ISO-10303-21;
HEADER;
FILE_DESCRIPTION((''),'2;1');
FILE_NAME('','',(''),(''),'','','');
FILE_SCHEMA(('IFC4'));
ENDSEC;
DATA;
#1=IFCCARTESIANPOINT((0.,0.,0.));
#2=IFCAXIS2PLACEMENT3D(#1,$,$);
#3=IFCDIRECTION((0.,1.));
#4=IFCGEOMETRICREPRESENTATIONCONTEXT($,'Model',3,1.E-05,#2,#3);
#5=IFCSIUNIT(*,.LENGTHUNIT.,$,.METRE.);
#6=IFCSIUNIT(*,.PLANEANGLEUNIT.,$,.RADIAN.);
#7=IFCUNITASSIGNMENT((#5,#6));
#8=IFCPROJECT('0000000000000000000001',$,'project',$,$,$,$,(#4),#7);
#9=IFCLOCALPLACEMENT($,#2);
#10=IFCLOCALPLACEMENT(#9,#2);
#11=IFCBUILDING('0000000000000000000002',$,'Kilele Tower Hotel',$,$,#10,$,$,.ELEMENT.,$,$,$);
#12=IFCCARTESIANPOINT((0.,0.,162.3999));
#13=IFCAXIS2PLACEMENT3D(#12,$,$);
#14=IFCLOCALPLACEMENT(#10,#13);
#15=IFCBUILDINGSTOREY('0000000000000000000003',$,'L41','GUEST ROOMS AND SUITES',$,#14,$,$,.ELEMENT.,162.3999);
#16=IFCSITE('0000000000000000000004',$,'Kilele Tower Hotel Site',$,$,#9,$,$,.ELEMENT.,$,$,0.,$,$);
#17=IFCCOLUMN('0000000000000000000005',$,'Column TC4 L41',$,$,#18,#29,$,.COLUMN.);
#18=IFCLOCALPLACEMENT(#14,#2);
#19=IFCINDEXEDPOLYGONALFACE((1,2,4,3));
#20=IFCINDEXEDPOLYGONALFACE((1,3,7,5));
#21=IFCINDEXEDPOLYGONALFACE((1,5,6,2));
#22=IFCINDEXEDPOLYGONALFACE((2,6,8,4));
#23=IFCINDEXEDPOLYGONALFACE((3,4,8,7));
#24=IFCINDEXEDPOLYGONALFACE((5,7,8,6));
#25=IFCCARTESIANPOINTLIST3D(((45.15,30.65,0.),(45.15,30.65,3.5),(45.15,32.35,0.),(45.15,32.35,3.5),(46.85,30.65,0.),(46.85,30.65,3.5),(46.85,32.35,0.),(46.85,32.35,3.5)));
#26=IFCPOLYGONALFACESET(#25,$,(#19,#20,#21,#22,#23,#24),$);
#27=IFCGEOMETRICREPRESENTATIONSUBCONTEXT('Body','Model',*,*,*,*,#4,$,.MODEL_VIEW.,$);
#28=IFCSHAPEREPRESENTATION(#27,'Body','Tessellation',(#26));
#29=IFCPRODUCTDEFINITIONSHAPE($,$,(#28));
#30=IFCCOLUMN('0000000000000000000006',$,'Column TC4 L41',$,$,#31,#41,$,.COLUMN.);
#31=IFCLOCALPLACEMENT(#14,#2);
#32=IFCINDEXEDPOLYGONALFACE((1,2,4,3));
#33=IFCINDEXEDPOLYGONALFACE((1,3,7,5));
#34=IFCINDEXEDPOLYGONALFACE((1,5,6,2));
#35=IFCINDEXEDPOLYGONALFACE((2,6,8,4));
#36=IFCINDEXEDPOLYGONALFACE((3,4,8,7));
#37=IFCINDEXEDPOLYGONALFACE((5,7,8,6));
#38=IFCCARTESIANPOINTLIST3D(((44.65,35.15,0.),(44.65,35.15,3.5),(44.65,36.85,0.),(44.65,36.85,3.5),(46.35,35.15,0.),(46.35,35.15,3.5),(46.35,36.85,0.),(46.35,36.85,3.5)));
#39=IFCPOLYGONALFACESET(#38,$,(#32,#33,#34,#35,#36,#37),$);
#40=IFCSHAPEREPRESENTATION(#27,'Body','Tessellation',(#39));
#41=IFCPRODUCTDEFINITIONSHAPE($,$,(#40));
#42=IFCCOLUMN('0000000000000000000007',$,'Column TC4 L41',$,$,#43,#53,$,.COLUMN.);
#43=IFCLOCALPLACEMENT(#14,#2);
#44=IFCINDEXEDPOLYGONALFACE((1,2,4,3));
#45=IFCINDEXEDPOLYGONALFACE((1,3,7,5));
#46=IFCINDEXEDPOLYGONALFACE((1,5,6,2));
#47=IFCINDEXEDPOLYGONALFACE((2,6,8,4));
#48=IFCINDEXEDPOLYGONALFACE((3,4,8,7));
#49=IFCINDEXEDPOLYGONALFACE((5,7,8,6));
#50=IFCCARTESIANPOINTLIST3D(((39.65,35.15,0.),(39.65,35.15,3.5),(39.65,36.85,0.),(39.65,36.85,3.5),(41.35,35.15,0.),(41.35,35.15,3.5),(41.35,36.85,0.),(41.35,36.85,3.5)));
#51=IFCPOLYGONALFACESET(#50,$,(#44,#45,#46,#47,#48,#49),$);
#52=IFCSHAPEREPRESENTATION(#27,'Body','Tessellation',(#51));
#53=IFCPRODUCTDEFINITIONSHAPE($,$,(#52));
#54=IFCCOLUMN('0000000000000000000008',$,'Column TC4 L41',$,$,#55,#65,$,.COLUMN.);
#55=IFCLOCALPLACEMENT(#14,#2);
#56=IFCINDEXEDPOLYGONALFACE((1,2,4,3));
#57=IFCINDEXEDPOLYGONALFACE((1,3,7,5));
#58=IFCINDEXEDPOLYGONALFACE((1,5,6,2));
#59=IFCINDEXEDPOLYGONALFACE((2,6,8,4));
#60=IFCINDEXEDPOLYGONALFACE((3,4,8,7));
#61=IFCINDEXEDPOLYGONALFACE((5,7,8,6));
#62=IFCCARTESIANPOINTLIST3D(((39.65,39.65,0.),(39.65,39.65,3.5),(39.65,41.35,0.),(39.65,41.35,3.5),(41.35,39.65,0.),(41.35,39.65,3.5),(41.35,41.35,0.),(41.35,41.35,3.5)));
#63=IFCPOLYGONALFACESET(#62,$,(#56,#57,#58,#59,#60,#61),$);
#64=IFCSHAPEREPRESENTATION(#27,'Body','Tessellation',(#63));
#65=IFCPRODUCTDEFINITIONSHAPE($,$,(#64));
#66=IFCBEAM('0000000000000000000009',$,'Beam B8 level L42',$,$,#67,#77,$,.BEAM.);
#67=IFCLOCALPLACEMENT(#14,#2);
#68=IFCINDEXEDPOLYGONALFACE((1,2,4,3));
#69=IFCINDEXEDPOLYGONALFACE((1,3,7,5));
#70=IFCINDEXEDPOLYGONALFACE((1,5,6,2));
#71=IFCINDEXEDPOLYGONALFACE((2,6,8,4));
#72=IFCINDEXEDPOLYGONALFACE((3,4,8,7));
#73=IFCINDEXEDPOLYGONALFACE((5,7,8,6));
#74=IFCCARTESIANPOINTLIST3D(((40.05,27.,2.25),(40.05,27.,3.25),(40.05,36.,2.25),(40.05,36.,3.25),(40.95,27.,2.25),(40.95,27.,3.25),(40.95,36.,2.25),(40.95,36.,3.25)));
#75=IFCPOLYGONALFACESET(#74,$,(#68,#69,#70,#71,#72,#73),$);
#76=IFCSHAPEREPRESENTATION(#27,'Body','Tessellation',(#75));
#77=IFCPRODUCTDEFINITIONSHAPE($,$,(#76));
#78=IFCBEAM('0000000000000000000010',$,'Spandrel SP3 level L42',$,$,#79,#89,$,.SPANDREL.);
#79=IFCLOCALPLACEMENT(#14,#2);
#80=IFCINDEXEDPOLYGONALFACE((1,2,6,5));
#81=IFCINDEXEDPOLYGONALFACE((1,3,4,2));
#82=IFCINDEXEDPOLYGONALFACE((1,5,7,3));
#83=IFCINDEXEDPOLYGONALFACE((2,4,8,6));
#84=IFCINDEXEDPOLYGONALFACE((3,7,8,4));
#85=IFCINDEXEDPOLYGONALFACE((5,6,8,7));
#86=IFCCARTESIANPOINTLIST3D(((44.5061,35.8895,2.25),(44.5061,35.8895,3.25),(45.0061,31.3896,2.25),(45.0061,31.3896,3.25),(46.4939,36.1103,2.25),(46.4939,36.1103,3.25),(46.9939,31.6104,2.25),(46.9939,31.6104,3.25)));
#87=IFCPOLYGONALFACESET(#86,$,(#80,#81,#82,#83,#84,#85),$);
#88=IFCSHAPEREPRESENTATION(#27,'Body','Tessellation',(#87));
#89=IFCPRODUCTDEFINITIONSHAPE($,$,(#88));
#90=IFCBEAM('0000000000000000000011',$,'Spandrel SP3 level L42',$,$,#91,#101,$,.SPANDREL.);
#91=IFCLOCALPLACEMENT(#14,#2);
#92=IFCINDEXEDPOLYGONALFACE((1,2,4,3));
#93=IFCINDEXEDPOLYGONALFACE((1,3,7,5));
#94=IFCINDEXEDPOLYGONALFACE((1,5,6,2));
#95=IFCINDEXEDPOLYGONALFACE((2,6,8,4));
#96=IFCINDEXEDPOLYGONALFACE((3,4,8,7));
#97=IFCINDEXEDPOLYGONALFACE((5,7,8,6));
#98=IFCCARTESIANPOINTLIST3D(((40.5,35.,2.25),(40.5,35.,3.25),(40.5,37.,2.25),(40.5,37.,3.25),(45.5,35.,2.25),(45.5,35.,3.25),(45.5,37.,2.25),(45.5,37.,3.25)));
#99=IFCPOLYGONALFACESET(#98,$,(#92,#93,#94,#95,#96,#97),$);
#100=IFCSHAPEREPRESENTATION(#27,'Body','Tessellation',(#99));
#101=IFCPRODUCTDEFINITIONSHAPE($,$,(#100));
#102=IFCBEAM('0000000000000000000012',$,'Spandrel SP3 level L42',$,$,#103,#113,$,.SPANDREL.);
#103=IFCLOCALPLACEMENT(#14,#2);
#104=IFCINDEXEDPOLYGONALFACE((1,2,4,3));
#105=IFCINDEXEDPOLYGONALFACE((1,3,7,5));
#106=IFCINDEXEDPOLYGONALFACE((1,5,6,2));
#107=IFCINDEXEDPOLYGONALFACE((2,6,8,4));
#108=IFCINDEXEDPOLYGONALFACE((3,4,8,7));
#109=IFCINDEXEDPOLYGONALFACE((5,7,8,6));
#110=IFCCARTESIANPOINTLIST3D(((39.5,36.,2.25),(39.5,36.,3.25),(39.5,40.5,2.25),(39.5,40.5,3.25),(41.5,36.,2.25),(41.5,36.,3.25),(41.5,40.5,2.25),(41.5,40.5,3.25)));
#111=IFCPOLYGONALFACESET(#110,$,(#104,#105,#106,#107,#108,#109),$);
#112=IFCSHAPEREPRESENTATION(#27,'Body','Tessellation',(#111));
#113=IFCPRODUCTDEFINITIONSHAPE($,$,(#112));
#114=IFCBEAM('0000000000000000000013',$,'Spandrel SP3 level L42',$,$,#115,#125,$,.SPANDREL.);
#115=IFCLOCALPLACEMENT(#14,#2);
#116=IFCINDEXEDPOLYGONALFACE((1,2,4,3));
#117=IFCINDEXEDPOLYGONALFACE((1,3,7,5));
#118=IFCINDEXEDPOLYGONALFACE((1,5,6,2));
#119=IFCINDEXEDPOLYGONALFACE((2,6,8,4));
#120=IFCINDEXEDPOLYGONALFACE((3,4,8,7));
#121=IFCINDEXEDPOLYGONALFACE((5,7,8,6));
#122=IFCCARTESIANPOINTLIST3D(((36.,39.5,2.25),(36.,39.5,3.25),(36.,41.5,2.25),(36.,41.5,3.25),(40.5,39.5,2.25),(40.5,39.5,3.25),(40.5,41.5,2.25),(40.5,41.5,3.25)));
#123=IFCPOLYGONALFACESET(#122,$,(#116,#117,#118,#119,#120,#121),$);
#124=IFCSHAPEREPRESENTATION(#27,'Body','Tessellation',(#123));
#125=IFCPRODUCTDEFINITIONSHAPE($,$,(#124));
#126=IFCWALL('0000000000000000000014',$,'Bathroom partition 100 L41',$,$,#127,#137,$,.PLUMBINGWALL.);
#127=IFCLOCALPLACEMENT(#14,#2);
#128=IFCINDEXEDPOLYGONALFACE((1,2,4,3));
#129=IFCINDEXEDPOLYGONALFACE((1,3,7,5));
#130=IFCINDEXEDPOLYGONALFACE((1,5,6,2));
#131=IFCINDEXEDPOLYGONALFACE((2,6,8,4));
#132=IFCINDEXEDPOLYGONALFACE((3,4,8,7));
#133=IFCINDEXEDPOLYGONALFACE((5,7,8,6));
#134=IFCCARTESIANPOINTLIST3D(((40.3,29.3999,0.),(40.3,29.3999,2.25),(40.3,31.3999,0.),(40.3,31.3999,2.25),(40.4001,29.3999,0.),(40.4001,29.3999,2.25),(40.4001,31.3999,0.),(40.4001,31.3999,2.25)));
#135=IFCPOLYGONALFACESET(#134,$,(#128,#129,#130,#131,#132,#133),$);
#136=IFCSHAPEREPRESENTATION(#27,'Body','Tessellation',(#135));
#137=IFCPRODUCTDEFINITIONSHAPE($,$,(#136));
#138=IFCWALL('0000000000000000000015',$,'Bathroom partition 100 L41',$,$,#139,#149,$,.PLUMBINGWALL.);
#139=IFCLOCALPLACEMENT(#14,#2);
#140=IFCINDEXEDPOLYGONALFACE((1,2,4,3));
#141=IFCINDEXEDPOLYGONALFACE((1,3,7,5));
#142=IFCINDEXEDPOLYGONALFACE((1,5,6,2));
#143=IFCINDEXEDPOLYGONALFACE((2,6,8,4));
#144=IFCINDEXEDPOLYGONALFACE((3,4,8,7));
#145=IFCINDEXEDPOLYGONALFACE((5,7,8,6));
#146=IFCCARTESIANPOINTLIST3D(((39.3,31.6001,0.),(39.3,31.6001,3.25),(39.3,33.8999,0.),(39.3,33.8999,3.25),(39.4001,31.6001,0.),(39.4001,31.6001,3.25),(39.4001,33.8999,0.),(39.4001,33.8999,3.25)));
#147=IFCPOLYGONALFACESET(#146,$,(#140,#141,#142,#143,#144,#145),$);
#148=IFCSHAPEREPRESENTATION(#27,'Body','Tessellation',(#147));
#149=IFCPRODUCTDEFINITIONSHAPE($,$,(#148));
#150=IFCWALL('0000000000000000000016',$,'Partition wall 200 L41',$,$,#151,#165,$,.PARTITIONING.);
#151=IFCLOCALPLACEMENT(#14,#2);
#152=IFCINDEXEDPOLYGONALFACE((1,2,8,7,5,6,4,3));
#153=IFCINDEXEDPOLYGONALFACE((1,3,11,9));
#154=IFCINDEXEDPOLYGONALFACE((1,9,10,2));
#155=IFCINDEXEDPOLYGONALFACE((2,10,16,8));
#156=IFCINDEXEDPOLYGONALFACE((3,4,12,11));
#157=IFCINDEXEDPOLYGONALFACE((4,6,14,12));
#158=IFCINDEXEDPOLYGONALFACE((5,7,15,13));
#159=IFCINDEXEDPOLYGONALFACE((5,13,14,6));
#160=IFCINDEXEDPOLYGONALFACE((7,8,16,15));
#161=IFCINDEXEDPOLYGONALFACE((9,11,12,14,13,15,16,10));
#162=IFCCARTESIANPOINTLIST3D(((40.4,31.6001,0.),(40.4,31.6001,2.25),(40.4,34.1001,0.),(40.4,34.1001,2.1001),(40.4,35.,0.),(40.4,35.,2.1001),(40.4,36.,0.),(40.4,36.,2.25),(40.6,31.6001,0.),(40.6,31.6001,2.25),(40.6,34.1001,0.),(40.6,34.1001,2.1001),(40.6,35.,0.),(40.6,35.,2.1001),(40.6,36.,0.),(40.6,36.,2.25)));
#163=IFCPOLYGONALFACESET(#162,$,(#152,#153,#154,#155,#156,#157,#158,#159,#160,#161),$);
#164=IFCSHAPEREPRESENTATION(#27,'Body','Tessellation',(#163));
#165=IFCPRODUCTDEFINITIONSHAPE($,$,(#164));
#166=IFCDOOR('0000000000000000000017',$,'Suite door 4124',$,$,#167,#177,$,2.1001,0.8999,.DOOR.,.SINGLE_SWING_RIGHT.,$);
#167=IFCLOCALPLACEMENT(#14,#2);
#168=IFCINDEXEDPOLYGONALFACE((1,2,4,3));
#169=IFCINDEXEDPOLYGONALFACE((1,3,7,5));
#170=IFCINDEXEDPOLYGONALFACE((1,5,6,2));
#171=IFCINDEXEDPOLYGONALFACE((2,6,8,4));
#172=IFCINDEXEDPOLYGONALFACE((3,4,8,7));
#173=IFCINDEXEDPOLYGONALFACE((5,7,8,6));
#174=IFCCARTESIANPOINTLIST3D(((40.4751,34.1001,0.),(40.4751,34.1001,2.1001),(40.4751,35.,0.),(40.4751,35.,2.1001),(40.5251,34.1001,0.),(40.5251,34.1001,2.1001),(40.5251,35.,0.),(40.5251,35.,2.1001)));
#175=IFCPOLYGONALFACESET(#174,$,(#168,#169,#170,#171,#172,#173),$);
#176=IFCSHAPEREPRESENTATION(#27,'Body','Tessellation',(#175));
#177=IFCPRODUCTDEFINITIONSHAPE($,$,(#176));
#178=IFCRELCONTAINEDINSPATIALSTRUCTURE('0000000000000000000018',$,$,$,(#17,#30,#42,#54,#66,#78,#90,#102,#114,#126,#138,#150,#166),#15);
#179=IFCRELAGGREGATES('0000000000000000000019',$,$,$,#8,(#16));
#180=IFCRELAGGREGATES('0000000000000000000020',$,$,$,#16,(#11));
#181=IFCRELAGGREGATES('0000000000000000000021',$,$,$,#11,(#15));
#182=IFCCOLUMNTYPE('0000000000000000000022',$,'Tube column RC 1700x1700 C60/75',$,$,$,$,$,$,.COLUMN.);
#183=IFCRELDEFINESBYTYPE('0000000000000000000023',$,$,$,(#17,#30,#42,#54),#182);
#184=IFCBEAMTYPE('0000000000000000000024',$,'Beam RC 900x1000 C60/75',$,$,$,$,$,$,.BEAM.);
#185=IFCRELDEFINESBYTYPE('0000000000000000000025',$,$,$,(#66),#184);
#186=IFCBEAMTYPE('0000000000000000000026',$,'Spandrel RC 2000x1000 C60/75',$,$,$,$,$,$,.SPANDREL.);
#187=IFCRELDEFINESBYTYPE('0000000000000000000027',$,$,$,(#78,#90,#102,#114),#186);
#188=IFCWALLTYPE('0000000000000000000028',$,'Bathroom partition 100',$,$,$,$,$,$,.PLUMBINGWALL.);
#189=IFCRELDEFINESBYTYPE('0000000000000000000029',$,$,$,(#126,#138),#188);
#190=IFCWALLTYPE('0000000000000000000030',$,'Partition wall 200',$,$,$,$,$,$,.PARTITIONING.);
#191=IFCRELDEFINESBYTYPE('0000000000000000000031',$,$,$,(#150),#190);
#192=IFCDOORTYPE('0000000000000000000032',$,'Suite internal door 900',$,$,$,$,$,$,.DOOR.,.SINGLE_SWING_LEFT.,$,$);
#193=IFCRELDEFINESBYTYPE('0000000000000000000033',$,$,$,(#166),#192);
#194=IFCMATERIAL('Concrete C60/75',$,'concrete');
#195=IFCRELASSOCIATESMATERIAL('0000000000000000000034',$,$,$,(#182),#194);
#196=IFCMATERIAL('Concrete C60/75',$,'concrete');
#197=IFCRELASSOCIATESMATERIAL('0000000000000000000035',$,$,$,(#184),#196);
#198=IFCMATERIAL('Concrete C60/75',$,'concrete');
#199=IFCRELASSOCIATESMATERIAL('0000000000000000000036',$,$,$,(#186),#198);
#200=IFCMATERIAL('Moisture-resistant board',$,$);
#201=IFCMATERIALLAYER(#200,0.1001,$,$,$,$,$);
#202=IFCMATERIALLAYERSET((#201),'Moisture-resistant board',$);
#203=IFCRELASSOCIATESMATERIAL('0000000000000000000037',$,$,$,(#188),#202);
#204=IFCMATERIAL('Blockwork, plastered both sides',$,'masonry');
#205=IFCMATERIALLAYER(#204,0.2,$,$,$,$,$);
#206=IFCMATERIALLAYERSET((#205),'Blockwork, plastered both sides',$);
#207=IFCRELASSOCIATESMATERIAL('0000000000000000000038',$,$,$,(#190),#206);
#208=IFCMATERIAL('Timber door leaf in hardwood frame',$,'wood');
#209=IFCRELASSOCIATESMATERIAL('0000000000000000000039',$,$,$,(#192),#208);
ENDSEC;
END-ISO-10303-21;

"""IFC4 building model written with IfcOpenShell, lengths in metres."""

from ifc_helpers import new_model, si_unit, direction, frame, frame_2d, origin, origin_2d, place, context, subcontext, project, spatial, rectangle, extrude, material, layer, layer_set, material_profile, profile_set, type_object, element, fill, save


model = new_model("IFC4")

# Units and contexts
model_context = context("Model", 3, precision=1e-05, world=origin(), true_north=direction((0.0, 1.0)))
body_context = subcontext(model_context, "Body", "Model", "MODEL_VIEW")
ifc_project = project(units=[si_unit("LENGTHUNIT", "METRE"), si_unit("PLANEANGLEUNIT", "RADIAN")], contexts=[model_context])

# Site, building, storey
site_placement = place(None, origin())
site = spatial("IfcSite", under=ifc_project, at=site_placement, Name="Kilele Tower Hotel Site", CompositionType="ELEMENT", RefElevation=0.0)
building_placement = place(site_placement, origin())
building = spatial("IfcBuilding", under=site, at=building_placement, Name="Kilele Tower Hotel", CompositionType="ELEMENT")
storey_placement = place(building_placement, frame((0.0, 0.0, 162.3999)))
storey = spatial("IfcBuildingStorey", under=building, at=storey_placement, Name="L41", Description="GUEST ROOMS AND SUITES", CompositionType="ELEMENT", Elevation=162.3999)

# Columns
ifc_material_1 = material(Name="Concrete C60/75", Category="concrete")
ifc_material_profile_1 = material_profile(ifc_material_1, rectangle(XDim=1.7, YDim=1.7, at=origin_2d()))
ifc_profile_set_1 = profile_set([ifc_material_profile_1], Name="Concrete C60/75")
column_type = type_object("IfcColumnType", Name="Tube column RC 1700x1700 C60/75", PredefinedType="COLUMN", material=ifc_profile_set_1)
for number, where, z_axis, x_axis, name in (
    (1, (46.0, 31.5, 0.0), (0.0, 0.0, 1.0), (1.0, 0.0, 0.0), "Column TC4 L41"),
    (2, (45.5, 36.0, 0.0), (0.0, 0.0, 1.0), (1.0, 0.0, 0.0), "Column TC4 L41"),
    (3, (40.5, 36.0, 0.0), (0.0, 0.0, 1.0), (1.0, 0.0, 0.0), "Column TC4 L41"),
    (4, (40.5, 40.5, 0.0), (0.0, 0.0, 1.0), (1.0, 0.0, 0.0), "Column TC4 L41"),
):
    element("IfcColumn", number, at=place(storey_placement, frame(where, z_axis=z_axis, x_axis=x_axis)), inside=storey, type_object=column_type, Name=name, PredefinedType="COLUMN", context=body_context, shape_type="SweptSolid", body=[
        extrude(rectangle(XDim=1.7, YDim=1.7, at=origin_2d()), origin(), (0.0, 0.0, 1.0), 3.5),
    ])

# Beams
ifc_material_2 = material(Name="Concrete C60/75", Category="concrete")
ifc_material_profile_2 = material_profile(ifc_material_2, rectangle(XDim=0.8999, YDim=1.0, at=origin_2d()))
ifc_profile_set_2 = profile_set([ifc_material_profile_2], Name="Concrete C60/75")
beam_type_1 = type_object("IfcBeamType", Name="Beam RC 900x1000 C60/75", PredefinedType="BEAM", material=ifc_profile_set_2)
beam_1_placement = place(storey_placement, frame((40.5, 36.0, 2.75), z_axis=(0.0, -1.0, 0.0), x_axis=(1.0, 0.0, 0.0)))
element("IfcBeam", 5, at=beam_1_placement, inside=storey, type_object=beam_type_1, Name="Beam B8 level L42", PredefinedType="BEAM", context=body_context, shape_type="SweptSolid", body=[
    extrude(rectangle(XDim=0.8999, YDim=1.0, at=origin_2d()), origin(), (0.0, 0.0, 1.0), 9.0),
])
ifc_material_3 = material(Name="Concrete C60/75", Category="concrete")
ifc_material_profile_3 = material_profile(ifc_material_3, rectangle(XDim=2.0, YDim=1.0, at=origin_2d()))
ifc_profile_set_3 = profile_set([ifc_material_profile_3], Name="Concrete C60/75")
beam_type_2 = type_object("IfcBeamType", Name="Spandrel RC 2000x1000 C60/75", PredefinedType="SPANDREL", material=ifc_profile_set_3)
beam_2_placement = place(storey_placement, frame((46.0, 31.5, 2.75), z_axis=(-0.110432, 0.993884, 0.0), x_axis=(-0.993884, -0.110432, 0.0)))
element("IfcBeam", 6, at=beam_2_placement, inside=storey, type_object=beam_type_2, Name="Spandrel SP3 level L42", PredefinedType="SPANDREL", context=body_context, shape_type="SweptSolid", body=[
    extrude(rectangle(XDim=2.0, YDim=1.0, at=origin_2d()), origin(), (0.0, 0.0, 1.0), 4.5276),
])
beam_3_placement = place(storey_placement, frame((45.5, 36.0, 2.75), z_axis=(-1.0, 0.0, 0.0), x_axis=(0.0, -1.0, 0.0)))
element("IfcBeam", 7, at=beam_3_placement, inside=storey, type_object=beam_type_2, Name="Spandrel SP3 level L42", PredefinedType="SPANDREL", context=body_context, shape_type="SweptSolid", body=[
    extrude(rectangle(XDim=2.0, YDim=1.0, at=origin_2d()), origin(), (0.0, 0.0, 1.0), 5.0),
])
for number, where, z_axis, x_axis, name in (
    (8, (40.5, 36.0, 2.75), (0.0, 1.0, 0.0), (-1.0, 0.0, 0.0), "Spandrel SP3 level L42"),
    (9, (40.5, 40.5, 2.75), (-1.0, 0.0, 0.0), (0.0, -1.0, 0.0), "Spandrel SP3 level L42"),
):
    element("IfcBeam", number, at=place(storey_placement, frame(where, z_axis=z_axis, x_axis=x_axis)), inside=storey, type_object=beam_type_2, Name=name, PredefinedType="SPANDREL", context=body_context, shape_type="SweptSolid", body=[
        extrude(rectangle(XDim=2.0, YDim=1.0, at=origin_2d()), origin(), (0.0, 0.0, 1.0), 4.5),
    ])

# Walls
ifc_material_4 = material(Name="Moisture-resistant board")
ifc_layer_1 = layer(ifc_material_4, 0.1001)
ifc_layer_set_1 = layer_set([ifc_layer_1], Name="Moisture-resistant board")
wall_type_1 = type_object("IfcWallType", Name="Bathroom partition 100", PredefinedType="PLUMBINGWALL", material=ifc_layer_set_1)
wall_1_placement = place(storey_placement, frame((40.3501, 31.3999, 0.0), z_axis=(0.0, 0.0, 1.0), x_axis=(0.0, -1.0, 0.0)))
element("IfcWall", 10, at=wall_1_placement, inside=storey, type_object=wall_type_1, Name="Bathroom partition 100 L41", PredefinedType="PLUMBINGWALL", context=body_context, shape_type="SweptSolid", body=[
    extrude(rectangle(XDim=2.0, YDim=0.1001, at=frame_2d((1.0, 0.0))), origin(), (0.0, 0.0, 1.0), 2.25),
])
wall_2_placement = place(storey_placement, frame((39.3501, 31.6001, 0.0), z_axis=(0.0, 0.0, 1.0), x_axis=(0.0, 1.0, 0.0)))
element("IfcWall", 11, at=wall_2_placement, inside=storey, type_object=wall_type_1, Name="Bathroom partition 100 L41", PredefinedType="PLUMBINGWALL", context=body_context, shape_type="SweptSolid", body=[
    extrude(rectangle(XDim=2.2998, YDim=0.1001, at=frame_2d((1.1499, 0.0))), origin(), (0.0, 0.0, 1.0), 3.25),
])

# Wall, opening, door
ifc_material_5 = material(Name="Blockwork, plastered both sides", Category="masonry")
ifc_layer_2 = layer(ifc_material_5, 0.2)
ifc_layer_set_2 = layer_set([ifc_layer_2], Name="Blockwork, plastered both sides")
wall_type_2 = type_object("IfcWallType", Name="Partition wall 200", PredefinedType="PARTITIONING", material=ifc_layer_set_2)
wall_3_placement = place(storey_placement, frame((40.5, 31.6001, 0.0), z_axis=(0.0, 0.0, 1.0), x_axis=(0.0, 1.0, 0.0)))
wall_3 = element("IfcWall", 12, at=wall_3_placement, inside=storey, type_object=wall_type_2, Name="Partition wall 200 L41", PredefinedType="PARTITIONING", context=body_context, shape_type="SweptSolid", body=[
    extrude(rectangle(XDim=4.3999, YDim=0.2, at=frame_2d((2.2, 0.0))), origin(), (0.0, 0.0, 1.0), 2.25),
])
opening_1_placement = place(wall_3_placement, frame((2.5, 0.0, 0.0)))
opening_1 = element("IfcOpeningElement", 13, at=opening_1_placement, cuts=wall_3, PredefinedType="OPENING", context=body_context, shape_type="SweptSolid", body=[
    extrude(rectangle(XDim=0.8999, YDim=2.1001, at=frame_2d((0.45, 1.05))), frame((0.0, 0.1099, 0.0), z_axis=(0.0, -1.0, 0.0), x_axis=(1.0, 0.0, 0.0)), (0.0, 0.0, 1.0), 0.22),
])
ifc_material_6 = material(Name="Timber door leaf in hardwood frame", Category="wood")
door_type = type_object("IfcDoorType", Name="Suite internal door 900", OperationType="SINGLE_SWING_LEFT", PredefinedType="DOOR", material=ifc_material_6)
door_placement = place(opening_1_placement, origin())
door = element("IfcDoor", 14, at=door_placement, inside=storey, type_object=door_type, Name="Suite door 4124", OperationType="SINGLE_SWING_RIGHT", OverallHeight=2.1001, OverallWidth=0.8999, PredefinedType="DOOR", context=body_context, shape_type="SweptSolid", body=[
    extrude(rectangle(XDim=0.8999, YDim=2.1001, at=frame_2d((0.45, 1.05))), frame((0.0, 0.0249, 0.0), z_axis=(0.0, -1.0, 0.0), x_axis=(1.0, 0.0, 0.0)), (0.0, 0.0, 1.0), 0.05),
])
fill(opening_1, door)

save(model, "model.ifc")
